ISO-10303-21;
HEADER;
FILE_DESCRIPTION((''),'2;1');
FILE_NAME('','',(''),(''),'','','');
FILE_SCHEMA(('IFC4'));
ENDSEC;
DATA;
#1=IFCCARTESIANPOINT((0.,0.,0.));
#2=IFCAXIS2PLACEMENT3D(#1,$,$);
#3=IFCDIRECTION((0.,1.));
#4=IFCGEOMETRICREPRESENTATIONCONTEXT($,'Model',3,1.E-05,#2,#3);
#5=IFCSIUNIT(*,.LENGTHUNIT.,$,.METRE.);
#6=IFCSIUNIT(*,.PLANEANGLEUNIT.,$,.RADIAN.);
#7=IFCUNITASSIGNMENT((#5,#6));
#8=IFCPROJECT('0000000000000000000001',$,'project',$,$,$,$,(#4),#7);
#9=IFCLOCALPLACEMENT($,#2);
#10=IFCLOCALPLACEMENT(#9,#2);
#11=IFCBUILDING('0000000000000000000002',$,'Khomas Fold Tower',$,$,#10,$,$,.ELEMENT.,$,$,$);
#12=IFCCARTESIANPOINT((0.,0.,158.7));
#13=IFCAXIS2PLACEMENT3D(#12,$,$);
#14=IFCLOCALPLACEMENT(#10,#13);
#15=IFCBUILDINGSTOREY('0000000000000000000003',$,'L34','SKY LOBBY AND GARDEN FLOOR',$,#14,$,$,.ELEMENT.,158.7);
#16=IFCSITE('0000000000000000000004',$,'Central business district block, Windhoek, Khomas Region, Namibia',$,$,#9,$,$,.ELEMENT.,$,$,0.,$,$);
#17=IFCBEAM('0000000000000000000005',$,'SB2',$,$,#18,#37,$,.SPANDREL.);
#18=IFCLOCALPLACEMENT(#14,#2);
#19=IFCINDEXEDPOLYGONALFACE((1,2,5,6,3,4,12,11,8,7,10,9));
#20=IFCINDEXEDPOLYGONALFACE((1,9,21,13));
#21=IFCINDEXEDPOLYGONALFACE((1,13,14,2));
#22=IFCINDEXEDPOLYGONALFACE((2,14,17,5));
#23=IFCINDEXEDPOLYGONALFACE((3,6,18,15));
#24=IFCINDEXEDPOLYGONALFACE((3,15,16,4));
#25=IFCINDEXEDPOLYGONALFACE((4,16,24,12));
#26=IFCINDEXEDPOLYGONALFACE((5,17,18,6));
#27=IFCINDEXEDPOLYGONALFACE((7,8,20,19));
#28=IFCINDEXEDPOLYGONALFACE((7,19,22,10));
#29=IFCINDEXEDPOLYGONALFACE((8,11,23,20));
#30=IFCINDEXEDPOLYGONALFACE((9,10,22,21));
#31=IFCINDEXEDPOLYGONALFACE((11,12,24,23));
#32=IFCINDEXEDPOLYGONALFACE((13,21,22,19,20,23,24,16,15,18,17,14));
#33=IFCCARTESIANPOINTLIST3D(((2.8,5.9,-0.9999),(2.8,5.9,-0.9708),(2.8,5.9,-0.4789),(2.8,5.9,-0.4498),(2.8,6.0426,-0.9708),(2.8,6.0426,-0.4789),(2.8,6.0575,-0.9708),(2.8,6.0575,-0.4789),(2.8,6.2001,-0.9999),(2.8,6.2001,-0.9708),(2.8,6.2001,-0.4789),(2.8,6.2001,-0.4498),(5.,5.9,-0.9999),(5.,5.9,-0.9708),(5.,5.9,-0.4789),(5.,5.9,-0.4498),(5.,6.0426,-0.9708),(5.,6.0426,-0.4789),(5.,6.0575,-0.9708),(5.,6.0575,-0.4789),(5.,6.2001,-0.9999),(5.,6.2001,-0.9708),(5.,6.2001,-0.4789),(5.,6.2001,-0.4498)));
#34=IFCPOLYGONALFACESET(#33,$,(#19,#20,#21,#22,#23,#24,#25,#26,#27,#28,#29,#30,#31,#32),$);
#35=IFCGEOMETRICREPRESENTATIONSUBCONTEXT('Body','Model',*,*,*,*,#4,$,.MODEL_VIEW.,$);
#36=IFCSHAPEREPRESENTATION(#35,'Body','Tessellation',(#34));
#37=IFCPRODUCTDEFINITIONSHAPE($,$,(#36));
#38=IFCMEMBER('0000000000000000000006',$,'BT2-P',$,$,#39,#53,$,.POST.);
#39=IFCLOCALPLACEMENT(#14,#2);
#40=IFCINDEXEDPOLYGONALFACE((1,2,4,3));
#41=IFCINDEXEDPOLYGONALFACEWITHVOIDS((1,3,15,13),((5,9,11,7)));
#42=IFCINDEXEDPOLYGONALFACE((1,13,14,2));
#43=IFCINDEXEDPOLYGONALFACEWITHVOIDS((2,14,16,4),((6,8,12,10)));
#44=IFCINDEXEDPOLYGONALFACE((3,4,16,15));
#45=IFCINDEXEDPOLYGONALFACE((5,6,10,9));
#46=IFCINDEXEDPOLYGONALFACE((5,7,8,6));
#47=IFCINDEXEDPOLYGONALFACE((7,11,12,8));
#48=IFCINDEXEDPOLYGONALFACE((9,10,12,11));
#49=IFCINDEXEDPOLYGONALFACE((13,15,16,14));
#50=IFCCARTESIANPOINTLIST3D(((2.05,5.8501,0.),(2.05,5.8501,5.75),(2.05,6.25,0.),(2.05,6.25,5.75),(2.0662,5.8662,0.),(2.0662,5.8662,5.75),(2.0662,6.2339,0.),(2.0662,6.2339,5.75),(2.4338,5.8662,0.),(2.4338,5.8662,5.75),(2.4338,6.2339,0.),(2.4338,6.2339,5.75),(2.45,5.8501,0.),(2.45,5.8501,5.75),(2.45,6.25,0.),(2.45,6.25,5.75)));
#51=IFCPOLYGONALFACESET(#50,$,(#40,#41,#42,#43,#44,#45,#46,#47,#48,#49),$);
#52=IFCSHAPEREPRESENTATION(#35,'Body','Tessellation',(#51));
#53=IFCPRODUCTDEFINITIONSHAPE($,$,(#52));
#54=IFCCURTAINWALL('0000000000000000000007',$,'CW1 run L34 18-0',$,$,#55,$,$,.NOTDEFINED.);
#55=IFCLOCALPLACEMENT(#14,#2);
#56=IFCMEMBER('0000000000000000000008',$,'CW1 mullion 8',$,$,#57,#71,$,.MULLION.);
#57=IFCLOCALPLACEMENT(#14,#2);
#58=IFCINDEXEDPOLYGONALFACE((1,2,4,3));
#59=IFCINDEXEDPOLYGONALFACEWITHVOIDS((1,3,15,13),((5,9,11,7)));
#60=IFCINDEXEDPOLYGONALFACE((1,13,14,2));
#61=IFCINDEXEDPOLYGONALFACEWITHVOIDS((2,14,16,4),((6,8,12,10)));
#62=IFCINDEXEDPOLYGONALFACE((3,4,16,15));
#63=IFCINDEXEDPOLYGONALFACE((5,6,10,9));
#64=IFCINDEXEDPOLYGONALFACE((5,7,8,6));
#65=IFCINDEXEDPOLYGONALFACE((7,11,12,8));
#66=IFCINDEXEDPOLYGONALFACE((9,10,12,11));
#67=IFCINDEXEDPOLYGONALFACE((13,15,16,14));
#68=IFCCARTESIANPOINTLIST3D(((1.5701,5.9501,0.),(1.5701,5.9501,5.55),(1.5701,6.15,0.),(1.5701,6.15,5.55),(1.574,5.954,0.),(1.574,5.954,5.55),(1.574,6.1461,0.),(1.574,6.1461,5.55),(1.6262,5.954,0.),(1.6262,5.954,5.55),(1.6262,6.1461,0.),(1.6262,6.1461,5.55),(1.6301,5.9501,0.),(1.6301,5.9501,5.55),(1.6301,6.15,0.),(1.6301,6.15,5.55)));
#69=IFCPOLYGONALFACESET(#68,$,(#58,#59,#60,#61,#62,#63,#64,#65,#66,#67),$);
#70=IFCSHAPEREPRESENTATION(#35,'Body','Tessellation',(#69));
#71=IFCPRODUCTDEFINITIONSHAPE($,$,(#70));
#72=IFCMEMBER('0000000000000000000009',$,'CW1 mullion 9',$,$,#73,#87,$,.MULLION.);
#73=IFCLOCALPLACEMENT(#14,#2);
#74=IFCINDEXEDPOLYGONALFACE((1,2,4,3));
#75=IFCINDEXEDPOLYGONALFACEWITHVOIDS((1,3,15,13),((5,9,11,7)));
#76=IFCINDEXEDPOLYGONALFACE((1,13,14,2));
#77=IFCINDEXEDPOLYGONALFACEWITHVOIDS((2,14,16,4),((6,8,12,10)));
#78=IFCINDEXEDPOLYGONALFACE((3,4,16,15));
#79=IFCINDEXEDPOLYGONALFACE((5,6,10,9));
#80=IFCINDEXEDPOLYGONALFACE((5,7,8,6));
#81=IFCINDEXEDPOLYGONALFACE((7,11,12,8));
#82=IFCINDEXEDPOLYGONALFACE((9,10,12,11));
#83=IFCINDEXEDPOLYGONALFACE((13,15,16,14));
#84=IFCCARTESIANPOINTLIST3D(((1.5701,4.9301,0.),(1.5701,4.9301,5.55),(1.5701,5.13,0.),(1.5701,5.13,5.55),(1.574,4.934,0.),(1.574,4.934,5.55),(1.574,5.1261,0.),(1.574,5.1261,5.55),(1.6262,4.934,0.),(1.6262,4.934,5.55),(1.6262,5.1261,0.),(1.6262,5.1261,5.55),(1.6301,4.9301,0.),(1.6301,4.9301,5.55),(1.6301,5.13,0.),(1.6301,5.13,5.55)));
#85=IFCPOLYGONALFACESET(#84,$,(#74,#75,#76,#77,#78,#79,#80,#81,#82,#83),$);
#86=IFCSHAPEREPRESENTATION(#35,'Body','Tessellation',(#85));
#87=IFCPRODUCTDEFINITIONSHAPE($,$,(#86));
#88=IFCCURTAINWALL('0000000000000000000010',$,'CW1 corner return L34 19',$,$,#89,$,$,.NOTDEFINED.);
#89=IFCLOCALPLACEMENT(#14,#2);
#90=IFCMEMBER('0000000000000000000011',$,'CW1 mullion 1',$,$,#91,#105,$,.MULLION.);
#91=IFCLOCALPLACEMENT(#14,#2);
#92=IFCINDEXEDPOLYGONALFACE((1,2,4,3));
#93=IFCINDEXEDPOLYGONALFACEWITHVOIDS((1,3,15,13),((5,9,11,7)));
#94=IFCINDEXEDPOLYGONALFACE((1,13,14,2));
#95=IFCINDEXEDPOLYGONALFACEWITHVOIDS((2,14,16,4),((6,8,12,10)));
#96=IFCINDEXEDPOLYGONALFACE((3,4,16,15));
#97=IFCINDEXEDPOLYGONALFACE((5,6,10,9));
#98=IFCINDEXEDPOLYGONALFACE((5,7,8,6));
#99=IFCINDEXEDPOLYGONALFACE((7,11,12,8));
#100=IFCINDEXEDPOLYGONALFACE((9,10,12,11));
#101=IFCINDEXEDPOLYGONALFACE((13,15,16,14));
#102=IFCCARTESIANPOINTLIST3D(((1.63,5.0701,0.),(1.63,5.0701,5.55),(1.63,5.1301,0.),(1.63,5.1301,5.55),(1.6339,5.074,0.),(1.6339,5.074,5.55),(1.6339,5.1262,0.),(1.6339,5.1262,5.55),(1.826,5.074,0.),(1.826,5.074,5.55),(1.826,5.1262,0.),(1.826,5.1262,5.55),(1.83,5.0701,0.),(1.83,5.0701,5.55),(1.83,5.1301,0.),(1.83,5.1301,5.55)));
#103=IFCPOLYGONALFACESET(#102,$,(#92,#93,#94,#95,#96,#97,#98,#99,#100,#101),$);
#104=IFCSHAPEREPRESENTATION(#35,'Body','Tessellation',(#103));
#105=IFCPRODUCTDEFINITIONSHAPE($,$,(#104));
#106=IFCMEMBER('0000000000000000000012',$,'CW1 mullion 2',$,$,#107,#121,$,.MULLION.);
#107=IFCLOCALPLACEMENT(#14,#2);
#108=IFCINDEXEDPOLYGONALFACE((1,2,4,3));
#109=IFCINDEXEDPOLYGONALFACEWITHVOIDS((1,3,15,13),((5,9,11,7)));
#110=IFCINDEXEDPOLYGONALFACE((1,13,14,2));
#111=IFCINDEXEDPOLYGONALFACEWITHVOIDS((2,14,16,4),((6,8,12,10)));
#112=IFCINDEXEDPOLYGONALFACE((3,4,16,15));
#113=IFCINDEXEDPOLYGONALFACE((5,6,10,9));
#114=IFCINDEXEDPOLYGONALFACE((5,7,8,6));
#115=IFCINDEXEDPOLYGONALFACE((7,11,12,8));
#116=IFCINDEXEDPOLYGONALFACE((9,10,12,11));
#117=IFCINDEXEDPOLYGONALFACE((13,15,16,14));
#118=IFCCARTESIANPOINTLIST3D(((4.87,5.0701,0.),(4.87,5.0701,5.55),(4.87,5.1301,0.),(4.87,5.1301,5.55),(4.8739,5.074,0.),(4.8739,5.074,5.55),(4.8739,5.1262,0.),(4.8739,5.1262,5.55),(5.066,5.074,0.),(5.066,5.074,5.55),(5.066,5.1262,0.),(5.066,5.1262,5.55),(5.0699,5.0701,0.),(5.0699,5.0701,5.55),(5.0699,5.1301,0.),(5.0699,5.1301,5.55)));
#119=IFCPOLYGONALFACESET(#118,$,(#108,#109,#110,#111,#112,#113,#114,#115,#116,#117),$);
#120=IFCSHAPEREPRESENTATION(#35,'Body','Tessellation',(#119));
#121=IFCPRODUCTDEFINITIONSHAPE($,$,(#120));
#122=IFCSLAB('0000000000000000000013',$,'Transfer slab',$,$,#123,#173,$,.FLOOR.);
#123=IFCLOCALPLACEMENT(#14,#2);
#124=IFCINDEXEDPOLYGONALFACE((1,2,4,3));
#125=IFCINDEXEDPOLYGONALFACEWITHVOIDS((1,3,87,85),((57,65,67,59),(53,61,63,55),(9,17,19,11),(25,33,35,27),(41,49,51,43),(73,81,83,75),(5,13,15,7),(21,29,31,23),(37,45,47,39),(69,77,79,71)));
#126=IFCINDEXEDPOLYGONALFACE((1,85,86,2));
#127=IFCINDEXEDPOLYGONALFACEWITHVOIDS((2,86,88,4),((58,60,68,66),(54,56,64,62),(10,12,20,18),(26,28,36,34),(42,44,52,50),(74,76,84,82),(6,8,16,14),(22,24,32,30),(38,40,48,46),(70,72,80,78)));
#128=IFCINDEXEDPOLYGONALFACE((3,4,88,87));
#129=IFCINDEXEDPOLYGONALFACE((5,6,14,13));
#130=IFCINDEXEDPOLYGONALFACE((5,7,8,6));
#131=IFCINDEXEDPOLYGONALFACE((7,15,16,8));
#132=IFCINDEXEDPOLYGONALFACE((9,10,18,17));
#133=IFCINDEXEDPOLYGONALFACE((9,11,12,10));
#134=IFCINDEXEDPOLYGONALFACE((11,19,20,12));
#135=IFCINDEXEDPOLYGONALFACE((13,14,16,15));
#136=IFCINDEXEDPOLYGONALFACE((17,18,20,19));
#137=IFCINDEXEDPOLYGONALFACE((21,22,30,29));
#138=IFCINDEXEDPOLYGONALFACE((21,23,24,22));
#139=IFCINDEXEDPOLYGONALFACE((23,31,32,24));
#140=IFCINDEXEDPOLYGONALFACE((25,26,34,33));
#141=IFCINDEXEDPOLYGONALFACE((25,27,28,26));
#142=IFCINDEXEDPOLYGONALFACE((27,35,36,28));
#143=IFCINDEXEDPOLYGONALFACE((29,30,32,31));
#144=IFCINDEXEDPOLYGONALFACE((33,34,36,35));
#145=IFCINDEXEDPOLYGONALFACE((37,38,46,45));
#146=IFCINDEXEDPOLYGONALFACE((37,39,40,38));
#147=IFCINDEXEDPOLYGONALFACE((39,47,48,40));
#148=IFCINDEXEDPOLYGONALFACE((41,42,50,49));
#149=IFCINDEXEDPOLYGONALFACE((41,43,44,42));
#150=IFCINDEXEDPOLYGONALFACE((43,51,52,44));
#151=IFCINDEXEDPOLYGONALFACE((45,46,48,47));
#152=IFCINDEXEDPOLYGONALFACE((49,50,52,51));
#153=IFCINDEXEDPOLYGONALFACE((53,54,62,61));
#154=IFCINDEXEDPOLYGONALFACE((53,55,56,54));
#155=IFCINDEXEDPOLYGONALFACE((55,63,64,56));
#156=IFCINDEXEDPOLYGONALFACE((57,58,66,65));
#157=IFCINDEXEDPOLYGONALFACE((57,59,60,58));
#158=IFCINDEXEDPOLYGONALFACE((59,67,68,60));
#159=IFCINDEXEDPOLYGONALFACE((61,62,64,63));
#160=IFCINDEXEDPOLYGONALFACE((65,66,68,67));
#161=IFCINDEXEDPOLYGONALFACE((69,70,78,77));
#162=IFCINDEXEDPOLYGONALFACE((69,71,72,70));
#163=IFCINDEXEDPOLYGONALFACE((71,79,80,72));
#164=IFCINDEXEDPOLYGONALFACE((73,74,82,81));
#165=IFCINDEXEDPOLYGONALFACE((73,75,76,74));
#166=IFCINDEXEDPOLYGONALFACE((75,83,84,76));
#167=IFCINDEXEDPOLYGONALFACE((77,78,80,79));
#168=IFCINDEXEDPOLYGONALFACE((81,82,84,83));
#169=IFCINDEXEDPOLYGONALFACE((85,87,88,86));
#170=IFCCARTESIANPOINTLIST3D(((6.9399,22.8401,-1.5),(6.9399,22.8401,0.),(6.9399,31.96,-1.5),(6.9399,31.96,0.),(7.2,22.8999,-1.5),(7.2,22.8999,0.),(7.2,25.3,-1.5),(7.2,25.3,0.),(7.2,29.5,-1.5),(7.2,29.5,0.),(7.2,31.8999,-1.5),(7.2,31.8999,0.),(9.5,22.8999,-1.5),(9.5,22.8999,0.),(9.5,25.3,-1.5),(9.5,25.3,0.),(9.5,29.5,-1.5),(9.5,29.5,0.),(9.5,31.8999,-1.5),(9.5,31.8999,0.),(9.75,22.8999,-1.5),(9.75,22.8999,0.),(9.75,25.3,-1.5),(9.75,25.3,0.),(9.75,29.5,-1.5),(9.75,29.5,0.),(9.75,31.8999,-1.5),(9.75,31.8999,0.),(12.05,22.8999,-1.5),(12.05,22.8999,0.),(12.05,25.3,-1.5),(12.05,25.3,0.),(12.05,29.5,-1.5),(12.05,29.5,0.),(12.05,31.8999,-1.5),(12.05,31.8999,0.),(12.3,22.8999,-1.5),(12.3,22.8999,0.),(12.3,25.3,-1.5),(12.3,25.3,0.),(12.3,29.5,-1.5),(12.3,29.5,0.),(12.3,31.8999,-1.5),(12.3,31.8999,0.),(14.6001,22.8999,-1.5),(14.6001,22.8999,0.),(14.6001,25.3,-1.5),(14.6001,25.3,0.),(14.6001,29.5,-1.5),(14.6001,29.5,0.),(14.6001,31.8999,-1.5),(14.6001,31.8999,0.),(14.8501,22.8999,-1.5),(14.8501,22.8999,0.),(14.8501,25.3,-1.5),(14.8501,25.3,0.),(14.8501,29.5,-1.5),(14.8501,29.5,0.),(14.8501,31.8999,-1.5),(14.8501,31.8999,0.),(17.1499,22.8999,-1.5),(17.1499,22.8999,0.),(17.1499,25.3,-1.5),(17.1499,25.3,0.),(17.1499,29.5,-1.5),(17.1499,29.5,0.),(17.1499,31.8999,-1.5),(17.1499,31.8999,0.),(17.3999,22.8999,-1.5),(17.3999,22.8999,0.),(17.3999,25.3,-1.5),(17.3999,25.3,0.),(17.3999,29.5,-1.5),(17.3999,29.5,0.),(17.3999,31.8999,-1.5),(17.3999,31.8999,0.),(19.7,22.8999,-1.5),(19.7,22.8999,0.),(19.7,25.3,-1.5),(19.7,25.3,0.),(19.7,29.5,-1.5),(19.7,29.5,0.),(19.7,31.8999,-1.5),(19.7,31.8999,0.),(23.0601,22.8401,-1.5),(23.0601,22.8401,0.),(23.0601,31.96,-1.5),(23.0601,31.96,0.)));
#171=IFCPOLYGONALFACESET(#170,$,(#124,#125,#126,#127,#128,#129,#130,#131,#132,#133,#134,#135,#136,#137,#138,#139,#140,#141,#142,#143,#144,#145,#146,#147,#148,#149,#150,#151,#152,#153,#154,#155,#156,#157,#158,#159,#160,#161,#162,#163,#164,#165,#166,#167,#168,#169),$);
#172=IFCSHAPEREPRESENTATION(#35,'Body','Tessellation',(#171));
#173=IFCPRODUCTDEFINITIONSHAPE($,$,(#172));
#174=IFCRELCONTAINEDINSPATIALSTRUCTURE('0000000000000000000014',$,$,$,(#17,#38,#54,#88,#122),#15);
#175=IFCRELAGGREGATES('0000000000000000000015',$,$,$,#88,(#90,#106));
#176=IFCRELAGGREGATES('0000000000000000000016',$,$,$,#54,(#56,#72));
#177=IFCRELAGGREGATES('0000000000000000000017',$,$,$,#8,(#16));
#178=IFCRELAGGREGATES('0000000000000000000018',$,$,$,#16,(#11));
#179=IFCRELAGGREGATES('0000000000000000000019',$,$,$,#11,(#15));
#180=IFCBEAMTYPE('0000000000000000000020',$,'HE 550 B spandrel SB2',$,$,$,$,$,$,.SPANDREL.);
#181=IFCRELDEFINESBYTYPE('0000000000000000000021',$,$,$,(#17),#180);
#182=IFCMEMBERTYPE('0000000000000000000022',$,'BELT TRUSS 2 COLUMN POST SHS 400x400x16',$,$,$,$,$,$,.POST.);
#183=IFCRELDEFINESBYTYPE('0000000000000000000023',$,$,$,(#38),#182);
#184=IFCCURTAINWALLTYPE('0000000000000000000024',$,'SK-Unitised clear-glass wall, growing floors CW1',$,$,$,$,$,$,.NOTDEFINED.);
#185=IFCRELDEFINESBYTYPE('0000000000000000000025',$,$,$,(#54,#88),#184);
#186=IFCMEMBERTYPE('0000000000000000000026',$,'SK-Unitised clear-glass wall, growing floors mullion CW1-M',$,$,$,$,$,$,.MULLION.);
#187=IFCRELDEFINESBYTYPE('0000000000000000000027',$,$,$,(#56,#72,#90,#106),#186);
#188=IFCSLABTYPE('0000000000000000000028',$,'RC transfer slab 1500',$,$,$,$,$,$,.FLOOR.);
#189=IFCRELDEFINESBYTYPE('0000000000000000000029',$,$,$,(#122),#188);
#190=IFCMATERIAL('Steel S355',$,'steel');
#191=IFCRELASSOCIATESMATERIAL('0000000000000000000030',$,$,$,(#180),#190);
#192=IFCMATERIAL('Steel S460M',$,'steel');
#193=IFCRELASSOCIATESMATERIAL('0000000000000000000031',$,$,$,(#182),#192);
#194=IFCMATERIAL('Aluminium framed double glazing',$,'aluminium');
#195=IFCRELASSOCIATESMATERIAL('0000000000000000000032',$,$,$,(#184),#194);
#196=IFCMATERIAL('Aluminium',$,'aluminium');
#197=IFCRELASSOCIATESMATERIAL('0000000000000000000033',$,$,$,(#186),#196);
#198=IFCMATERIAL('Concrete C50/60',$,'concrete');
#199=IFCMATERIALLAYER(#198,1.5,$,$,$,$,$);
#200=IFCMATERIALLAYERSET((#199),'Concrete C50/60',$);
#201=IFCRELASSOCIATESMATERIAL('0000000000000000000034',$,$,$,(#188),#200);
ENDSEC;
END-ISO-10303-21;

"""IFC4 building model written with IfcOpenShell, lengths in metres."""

from ifc_helpers import new_model, si_unit, direction, frame, origin, origin_2d, place, context, subcontext, project, spatial, polyline, hollow_rectangle, i_section, outline, extrude, source, transform, mapped, material, layer, layer_set, material_profile, profile_set, type_object, element, aggregate, save


model = new_model("IFC4")

# Units and contexts
model_context = context("Model", 3, precision=1e-05, world=origin(), true_north=direction((0.0, 1.0)))
body_context = subcontext(model_context, "Body", "Model", "MODEL_VIEW")
ifc_project = project(units=[si_unit("LENGTHUNIT", "METRE"), si_unit("PLANEANGLEUNIT", "RADIAN")], contexts=[model_context])

# Site, building, storey
site_placement = place(None, origin())
site = spatial("IfcSite", under=ifc_project, at=site_placement, Name="Central business district block, Windhoek, Khomas Region, Namibia", CompositionType="ELEMENT", RefElevation=0.0)
building_placement = place(site_placement, origin())
building = spatial("IfcBuilding", under=site, at=building_placement, Name="Khomas Fold Tower", CompositionType="ELEMENT")
storey_placement = place(building_placement, frame((0.0, 0.0, 158.7)))
storey = spatial("IfcBuildingStorey", under=building, at=storey_placement, Name="L34", Description="SKY LOBBY AND GARDEN FLOOR", CompositionType="ELEMENT", Elevation=158.7)

# Beam
ifc_material_1 = material(Name="Steel S355", Category="steel")
ifc_material_profile_1 = material_profile(ifc_material_1, i_section(OverallWidth=0.3, OverallDepth=0.55, WebThickness=0.0149, FlangeThickness=0.0291, at=origin_2d()), Name="HE 550 B")
ifc_profile_set_1 = profile_set([ifc_material_profile_1], Name="Steel S355")
beam_type = type_object("IfcBeamType", Name="HE 550 B spandrel SB2", PredefinedType="SPANDREL", material=ifc_profile_set_1)
shared_shape_1 = source(origin(), body_context, "Body", "SweptSolid", [
    extrude(i_section(OverallWidth=0.3, OverallDepth=0.55, WebThickness=0.0149, FlangeThickness=0.0291, at=origin_2d()), origin(), (0.0, 0.0, 1.0), 2.2),
])
beam_placement = place(storey_placement, frame((2.8, 6.05, -0.7249), z_axis=(1.0, 0.0, 0.0), x_axis=(0.0, 1.0, 0.0)))
element("IfcBeam", 1, at=beam_placement, inside=storey, type_object=beam_type, Name="SB2", PredefinedType="SPANDREL", context=body_context, shape_type="MappedRepresentation", body=[
    mapped(shared_shape_1, transform((0.0, 0.0, 0.0))),
])

# Member
ifc_material_2 = material(Name="Steel S460M", Category="steel")
ifc_material_profile_2 = material_profile(ifc_material_2, hollow_rectangle(XDim=0.3999, YDim=0.3999, WallThickness=0.0161, at=origin_2d()), Name="SHS 400x400x16")
ifc_profile_set_2 = profile_set([ifc_material_profile_2], Name="Steel S460M")
member_type_1 = type_object("IfcMemberType", Name="BELT TRUSS 2 COLUMN POST SHS 400x400x16", PredefinedType="POST", material=ifc_profile_set_2)
shared_shape_2 = source(origin(), body_context, "Body", "SweptSolid", [
    extrude(hollow_rectangle(XDim=0.3999, YDim=0.3999, WallThickness=0.0161, at=origin_2d()), origin(), (0.0, 0.0, 1.0), 5.75),
])
member_1_placement = place(storey_placement, frame((2.25, 6.05, 0.0), z_axis=(0.0, 0.0, 1.0), x_axis=(1.0, 0.0, 0.0)))
element("IfcMember", 2, at=member_1_placement, inside=storey, type_object=member_type_1, Name="BT2-P", PredefinedType="POST", context=body_context, shape_type="MappedRepresentation", body=[
    mapped(shared_shape_2, transform((0.0, 0.0, 0.0))),
])

# Curtain walls, members
ifc_material_3 = material(Name="Aluminium framed double glazing", Category="aluminium")
curtain_wall_type = type_object("IfcCurtainWallType", Name="SK-Unitised clear-glass wall, growing floors CW1", PredefinedType="NOTDEFINED", material=ifc_material_3)
curtain_wall_1_placement = place(storey_placement, origin())
curtain_wall_1 = element("IfcCurtainWall", 3, at=curtain_wall_1_placement, inside=storey, type_object=curtain_wall_type, Name="CW1 run L34 18-0", PredefinedType="NOTDEFINED")
ifc_material_4 = material(Name="Aluminium", Category="aluminium")
ifc_material_profile_3 = material_profile(ifc_material_4, hollow_rectangle(XDim=0.0601, YDim=0.2, WallThickness=0.0039, at=origin_2d()), Name="SK-Unitised clear-glass wall, growing floors mullion CW1-M")
ifc_profile_set_3 = profile_set([ifc_material_profile_3], Name="Aluminium")
member_type_2 = type_object("IfcMemberType", Name="SK-Unitised clear-glass wall, growing floors mullion CW1-M", PredefinedType="MULLION", material=ifc_profile_set_3)
shared_shape_3 = source(origin(), body_context, "Body", "SweptSolid", [
    extrude(hollow_rectangle(XDim=0.0601, YDim=0.2, WallThickness=0.0039, at=origin_2d()), origin(), (0.0, 0.0, 1.0), 5.55),
])
member_2_placement = place(storey_placement, frame((1.6001, 6.05, 0.0), z_axis=(0.0, 0.0, 1.0), x_axis=(1.0, 0.0, 0.0)))
member_2 = element("IfcMember", 4, at=member_2_placement, type_object=member_type_2, Name="CW1 mullion 8", PredefinedType="MULLION", context=body_context, shape_type="MappedRepresentation", body=[
    mapped(shared_shape_3, transform((0.0, 0.0, 0.0))),
])
member_3_placement = place(storey_placement, frame((1.6001, 5.03, 0.0), z_axis=(0.0, 0.0, 1.0), x_axis=(1.0, 0.0, 0.0)))
member_3 = element("IfcMember", 5, at=member_3_placement, type_object=member_type_2, Name="CW1 mullion 9", PredefinedType="MULLION", context=body_context, shape_type="MappedRepresentation", body=[
    mapped(shared_shape_3, transform((0.0, 0.0, 0.0))),
])
curtain_wall_2_placement = place(storey_placement, origin())
curtain_wall_2 = element("IfcCurtainWall", 6, at=curtain_wall_2_placement, inside=storey, type_object=curtain_wall_type, Name="CW1 corner return L34 19", PredefinedType="NOTDEFINED")
member_4_placement = place(storey_placement, frame((1.73, 5.1001, 0.0), z_axis=(0.0, 0.0, 1.0), x_axis=(0.0, 1.0, 0.0)))
member_4 = element("IfcMember", 7, at=member_4_placement, type_object=member_type_2, Name="CW1 mullion 1", PredefinedType="MULLION", context=body_context, shape_type="MappedRepresentation", body=[
    mapped(shared_shape_3, transform((0.0, 0.0, 0.0))),
])
member_5_placement = place(storey_placement, frame((4.97, 5.1001, 0.0), z_axis=(0.0, 0.0, 1.0), x_axis=(0.0, 1.0, 0.0)))
member_5 = element("IfcMember", 8, at=member_5_placement, type_object=member_type_2, Name="CW1 mullion 2", PredefinedType="MULLION", context=body_context, shape_type="MappedRepresentation", body=[
    mapped(shared_shape_3, transform((0.0, 0.0, 0.0))),
])

# Slab
ifc_material_5 = material(Name="Concrete C50/60", Category="concrete")
ifc_layer_1 = layer(ifc_material_5, 1.5)
ifc_layer_set_1 = layer_set([ifc_layer_1], Name="Concrete C50/60")
slab_type_1 = type_object("IfcSlabType", Name="RC transfer slab 1500", PredefinedType="FLOOR", material=ifc_layer_set_1)
shared_shape_4 = source(origin(), body_context, "Body", "SweptSolid", [
    extrude(outline(polyline([(6.9399, 22.8401), (23.0601, 22.8401), (23.0601, 31.96), (6.9399, 31.96), (6.9399, 22.8401)]), holes=[polyline([(7.2, 22.8999), (7.2, 25.3), (9.5, 25.3), (9.5, 22.8999), (7.2, 22.8999)]), polyline([(7.2, 29.5), (7.2, 31.8999), (9.5, 31.8999), (9.5, 29.5), (7.2, 29.5)]), polyline([(9.75, 22.8999), (9.75, 25.3), (12.05, 25.3), (12.05, 22.8999), (9.75, 22.8999)]), polyline([(9.75, 29.5), (9.75, 31.8999), (12.05, 31.8999), (12.05, 29.5), (9.75, 29.5)]), polyline([(12.3, 22.8999), (12.3, 25.3), (14.6001, 25.3), (14.6001, 22.8999), (12.3, 22.8999)]), polyline([(12.3, 29.5), (12.3, 31.8999), (14.6001, 31.8999), (14.6001, 29.5), (12.3, 29.5)]), polyline([(14.8501, 22.8999), (14.8501, 25.3), (17.1499, 25.3), (17.1499, 22.8999), (14.8501, 22.8999)]), polyline([(14.8501, 29.5), (14.8501, 31.8999), (17.1499, 31.8999), (17.1499, 29.5), (14.8501, 29.5)]), polyline([(17.3999, 22.8999), (17.3999, 25.3), (19.7, 25.3), (19.7, 22.8999), (17.3999, 22.8999)]), polyline([(17.3999, 29.5), (17.3999, 31.8999), (19.7, 31.8999), (19.7, 29.5), (17.3999, 29.5)])]), origin(), (0.0, 0.0, 1.0), 1.5),
])
slab_1_placement = place(storey_placement, frame((0.0, 0.0, -1.5)))
element("IfcSlab", 9, at=slab_1_placement, inside=storey, type_object=slab_type_1, Name="Transfer slab", PredefinedType="FLOOR", context=body_context, shape_type="MappedRepresentation", body=[
    mapped(shared_shape_4, transform((0.0, 0.0, 0.0))),
])

aggregate(curtain_wall_2, [member_4, member_5])
aggregate(curtain_wall_1, [member_2, member_3])

save(model, "model.ifc")
